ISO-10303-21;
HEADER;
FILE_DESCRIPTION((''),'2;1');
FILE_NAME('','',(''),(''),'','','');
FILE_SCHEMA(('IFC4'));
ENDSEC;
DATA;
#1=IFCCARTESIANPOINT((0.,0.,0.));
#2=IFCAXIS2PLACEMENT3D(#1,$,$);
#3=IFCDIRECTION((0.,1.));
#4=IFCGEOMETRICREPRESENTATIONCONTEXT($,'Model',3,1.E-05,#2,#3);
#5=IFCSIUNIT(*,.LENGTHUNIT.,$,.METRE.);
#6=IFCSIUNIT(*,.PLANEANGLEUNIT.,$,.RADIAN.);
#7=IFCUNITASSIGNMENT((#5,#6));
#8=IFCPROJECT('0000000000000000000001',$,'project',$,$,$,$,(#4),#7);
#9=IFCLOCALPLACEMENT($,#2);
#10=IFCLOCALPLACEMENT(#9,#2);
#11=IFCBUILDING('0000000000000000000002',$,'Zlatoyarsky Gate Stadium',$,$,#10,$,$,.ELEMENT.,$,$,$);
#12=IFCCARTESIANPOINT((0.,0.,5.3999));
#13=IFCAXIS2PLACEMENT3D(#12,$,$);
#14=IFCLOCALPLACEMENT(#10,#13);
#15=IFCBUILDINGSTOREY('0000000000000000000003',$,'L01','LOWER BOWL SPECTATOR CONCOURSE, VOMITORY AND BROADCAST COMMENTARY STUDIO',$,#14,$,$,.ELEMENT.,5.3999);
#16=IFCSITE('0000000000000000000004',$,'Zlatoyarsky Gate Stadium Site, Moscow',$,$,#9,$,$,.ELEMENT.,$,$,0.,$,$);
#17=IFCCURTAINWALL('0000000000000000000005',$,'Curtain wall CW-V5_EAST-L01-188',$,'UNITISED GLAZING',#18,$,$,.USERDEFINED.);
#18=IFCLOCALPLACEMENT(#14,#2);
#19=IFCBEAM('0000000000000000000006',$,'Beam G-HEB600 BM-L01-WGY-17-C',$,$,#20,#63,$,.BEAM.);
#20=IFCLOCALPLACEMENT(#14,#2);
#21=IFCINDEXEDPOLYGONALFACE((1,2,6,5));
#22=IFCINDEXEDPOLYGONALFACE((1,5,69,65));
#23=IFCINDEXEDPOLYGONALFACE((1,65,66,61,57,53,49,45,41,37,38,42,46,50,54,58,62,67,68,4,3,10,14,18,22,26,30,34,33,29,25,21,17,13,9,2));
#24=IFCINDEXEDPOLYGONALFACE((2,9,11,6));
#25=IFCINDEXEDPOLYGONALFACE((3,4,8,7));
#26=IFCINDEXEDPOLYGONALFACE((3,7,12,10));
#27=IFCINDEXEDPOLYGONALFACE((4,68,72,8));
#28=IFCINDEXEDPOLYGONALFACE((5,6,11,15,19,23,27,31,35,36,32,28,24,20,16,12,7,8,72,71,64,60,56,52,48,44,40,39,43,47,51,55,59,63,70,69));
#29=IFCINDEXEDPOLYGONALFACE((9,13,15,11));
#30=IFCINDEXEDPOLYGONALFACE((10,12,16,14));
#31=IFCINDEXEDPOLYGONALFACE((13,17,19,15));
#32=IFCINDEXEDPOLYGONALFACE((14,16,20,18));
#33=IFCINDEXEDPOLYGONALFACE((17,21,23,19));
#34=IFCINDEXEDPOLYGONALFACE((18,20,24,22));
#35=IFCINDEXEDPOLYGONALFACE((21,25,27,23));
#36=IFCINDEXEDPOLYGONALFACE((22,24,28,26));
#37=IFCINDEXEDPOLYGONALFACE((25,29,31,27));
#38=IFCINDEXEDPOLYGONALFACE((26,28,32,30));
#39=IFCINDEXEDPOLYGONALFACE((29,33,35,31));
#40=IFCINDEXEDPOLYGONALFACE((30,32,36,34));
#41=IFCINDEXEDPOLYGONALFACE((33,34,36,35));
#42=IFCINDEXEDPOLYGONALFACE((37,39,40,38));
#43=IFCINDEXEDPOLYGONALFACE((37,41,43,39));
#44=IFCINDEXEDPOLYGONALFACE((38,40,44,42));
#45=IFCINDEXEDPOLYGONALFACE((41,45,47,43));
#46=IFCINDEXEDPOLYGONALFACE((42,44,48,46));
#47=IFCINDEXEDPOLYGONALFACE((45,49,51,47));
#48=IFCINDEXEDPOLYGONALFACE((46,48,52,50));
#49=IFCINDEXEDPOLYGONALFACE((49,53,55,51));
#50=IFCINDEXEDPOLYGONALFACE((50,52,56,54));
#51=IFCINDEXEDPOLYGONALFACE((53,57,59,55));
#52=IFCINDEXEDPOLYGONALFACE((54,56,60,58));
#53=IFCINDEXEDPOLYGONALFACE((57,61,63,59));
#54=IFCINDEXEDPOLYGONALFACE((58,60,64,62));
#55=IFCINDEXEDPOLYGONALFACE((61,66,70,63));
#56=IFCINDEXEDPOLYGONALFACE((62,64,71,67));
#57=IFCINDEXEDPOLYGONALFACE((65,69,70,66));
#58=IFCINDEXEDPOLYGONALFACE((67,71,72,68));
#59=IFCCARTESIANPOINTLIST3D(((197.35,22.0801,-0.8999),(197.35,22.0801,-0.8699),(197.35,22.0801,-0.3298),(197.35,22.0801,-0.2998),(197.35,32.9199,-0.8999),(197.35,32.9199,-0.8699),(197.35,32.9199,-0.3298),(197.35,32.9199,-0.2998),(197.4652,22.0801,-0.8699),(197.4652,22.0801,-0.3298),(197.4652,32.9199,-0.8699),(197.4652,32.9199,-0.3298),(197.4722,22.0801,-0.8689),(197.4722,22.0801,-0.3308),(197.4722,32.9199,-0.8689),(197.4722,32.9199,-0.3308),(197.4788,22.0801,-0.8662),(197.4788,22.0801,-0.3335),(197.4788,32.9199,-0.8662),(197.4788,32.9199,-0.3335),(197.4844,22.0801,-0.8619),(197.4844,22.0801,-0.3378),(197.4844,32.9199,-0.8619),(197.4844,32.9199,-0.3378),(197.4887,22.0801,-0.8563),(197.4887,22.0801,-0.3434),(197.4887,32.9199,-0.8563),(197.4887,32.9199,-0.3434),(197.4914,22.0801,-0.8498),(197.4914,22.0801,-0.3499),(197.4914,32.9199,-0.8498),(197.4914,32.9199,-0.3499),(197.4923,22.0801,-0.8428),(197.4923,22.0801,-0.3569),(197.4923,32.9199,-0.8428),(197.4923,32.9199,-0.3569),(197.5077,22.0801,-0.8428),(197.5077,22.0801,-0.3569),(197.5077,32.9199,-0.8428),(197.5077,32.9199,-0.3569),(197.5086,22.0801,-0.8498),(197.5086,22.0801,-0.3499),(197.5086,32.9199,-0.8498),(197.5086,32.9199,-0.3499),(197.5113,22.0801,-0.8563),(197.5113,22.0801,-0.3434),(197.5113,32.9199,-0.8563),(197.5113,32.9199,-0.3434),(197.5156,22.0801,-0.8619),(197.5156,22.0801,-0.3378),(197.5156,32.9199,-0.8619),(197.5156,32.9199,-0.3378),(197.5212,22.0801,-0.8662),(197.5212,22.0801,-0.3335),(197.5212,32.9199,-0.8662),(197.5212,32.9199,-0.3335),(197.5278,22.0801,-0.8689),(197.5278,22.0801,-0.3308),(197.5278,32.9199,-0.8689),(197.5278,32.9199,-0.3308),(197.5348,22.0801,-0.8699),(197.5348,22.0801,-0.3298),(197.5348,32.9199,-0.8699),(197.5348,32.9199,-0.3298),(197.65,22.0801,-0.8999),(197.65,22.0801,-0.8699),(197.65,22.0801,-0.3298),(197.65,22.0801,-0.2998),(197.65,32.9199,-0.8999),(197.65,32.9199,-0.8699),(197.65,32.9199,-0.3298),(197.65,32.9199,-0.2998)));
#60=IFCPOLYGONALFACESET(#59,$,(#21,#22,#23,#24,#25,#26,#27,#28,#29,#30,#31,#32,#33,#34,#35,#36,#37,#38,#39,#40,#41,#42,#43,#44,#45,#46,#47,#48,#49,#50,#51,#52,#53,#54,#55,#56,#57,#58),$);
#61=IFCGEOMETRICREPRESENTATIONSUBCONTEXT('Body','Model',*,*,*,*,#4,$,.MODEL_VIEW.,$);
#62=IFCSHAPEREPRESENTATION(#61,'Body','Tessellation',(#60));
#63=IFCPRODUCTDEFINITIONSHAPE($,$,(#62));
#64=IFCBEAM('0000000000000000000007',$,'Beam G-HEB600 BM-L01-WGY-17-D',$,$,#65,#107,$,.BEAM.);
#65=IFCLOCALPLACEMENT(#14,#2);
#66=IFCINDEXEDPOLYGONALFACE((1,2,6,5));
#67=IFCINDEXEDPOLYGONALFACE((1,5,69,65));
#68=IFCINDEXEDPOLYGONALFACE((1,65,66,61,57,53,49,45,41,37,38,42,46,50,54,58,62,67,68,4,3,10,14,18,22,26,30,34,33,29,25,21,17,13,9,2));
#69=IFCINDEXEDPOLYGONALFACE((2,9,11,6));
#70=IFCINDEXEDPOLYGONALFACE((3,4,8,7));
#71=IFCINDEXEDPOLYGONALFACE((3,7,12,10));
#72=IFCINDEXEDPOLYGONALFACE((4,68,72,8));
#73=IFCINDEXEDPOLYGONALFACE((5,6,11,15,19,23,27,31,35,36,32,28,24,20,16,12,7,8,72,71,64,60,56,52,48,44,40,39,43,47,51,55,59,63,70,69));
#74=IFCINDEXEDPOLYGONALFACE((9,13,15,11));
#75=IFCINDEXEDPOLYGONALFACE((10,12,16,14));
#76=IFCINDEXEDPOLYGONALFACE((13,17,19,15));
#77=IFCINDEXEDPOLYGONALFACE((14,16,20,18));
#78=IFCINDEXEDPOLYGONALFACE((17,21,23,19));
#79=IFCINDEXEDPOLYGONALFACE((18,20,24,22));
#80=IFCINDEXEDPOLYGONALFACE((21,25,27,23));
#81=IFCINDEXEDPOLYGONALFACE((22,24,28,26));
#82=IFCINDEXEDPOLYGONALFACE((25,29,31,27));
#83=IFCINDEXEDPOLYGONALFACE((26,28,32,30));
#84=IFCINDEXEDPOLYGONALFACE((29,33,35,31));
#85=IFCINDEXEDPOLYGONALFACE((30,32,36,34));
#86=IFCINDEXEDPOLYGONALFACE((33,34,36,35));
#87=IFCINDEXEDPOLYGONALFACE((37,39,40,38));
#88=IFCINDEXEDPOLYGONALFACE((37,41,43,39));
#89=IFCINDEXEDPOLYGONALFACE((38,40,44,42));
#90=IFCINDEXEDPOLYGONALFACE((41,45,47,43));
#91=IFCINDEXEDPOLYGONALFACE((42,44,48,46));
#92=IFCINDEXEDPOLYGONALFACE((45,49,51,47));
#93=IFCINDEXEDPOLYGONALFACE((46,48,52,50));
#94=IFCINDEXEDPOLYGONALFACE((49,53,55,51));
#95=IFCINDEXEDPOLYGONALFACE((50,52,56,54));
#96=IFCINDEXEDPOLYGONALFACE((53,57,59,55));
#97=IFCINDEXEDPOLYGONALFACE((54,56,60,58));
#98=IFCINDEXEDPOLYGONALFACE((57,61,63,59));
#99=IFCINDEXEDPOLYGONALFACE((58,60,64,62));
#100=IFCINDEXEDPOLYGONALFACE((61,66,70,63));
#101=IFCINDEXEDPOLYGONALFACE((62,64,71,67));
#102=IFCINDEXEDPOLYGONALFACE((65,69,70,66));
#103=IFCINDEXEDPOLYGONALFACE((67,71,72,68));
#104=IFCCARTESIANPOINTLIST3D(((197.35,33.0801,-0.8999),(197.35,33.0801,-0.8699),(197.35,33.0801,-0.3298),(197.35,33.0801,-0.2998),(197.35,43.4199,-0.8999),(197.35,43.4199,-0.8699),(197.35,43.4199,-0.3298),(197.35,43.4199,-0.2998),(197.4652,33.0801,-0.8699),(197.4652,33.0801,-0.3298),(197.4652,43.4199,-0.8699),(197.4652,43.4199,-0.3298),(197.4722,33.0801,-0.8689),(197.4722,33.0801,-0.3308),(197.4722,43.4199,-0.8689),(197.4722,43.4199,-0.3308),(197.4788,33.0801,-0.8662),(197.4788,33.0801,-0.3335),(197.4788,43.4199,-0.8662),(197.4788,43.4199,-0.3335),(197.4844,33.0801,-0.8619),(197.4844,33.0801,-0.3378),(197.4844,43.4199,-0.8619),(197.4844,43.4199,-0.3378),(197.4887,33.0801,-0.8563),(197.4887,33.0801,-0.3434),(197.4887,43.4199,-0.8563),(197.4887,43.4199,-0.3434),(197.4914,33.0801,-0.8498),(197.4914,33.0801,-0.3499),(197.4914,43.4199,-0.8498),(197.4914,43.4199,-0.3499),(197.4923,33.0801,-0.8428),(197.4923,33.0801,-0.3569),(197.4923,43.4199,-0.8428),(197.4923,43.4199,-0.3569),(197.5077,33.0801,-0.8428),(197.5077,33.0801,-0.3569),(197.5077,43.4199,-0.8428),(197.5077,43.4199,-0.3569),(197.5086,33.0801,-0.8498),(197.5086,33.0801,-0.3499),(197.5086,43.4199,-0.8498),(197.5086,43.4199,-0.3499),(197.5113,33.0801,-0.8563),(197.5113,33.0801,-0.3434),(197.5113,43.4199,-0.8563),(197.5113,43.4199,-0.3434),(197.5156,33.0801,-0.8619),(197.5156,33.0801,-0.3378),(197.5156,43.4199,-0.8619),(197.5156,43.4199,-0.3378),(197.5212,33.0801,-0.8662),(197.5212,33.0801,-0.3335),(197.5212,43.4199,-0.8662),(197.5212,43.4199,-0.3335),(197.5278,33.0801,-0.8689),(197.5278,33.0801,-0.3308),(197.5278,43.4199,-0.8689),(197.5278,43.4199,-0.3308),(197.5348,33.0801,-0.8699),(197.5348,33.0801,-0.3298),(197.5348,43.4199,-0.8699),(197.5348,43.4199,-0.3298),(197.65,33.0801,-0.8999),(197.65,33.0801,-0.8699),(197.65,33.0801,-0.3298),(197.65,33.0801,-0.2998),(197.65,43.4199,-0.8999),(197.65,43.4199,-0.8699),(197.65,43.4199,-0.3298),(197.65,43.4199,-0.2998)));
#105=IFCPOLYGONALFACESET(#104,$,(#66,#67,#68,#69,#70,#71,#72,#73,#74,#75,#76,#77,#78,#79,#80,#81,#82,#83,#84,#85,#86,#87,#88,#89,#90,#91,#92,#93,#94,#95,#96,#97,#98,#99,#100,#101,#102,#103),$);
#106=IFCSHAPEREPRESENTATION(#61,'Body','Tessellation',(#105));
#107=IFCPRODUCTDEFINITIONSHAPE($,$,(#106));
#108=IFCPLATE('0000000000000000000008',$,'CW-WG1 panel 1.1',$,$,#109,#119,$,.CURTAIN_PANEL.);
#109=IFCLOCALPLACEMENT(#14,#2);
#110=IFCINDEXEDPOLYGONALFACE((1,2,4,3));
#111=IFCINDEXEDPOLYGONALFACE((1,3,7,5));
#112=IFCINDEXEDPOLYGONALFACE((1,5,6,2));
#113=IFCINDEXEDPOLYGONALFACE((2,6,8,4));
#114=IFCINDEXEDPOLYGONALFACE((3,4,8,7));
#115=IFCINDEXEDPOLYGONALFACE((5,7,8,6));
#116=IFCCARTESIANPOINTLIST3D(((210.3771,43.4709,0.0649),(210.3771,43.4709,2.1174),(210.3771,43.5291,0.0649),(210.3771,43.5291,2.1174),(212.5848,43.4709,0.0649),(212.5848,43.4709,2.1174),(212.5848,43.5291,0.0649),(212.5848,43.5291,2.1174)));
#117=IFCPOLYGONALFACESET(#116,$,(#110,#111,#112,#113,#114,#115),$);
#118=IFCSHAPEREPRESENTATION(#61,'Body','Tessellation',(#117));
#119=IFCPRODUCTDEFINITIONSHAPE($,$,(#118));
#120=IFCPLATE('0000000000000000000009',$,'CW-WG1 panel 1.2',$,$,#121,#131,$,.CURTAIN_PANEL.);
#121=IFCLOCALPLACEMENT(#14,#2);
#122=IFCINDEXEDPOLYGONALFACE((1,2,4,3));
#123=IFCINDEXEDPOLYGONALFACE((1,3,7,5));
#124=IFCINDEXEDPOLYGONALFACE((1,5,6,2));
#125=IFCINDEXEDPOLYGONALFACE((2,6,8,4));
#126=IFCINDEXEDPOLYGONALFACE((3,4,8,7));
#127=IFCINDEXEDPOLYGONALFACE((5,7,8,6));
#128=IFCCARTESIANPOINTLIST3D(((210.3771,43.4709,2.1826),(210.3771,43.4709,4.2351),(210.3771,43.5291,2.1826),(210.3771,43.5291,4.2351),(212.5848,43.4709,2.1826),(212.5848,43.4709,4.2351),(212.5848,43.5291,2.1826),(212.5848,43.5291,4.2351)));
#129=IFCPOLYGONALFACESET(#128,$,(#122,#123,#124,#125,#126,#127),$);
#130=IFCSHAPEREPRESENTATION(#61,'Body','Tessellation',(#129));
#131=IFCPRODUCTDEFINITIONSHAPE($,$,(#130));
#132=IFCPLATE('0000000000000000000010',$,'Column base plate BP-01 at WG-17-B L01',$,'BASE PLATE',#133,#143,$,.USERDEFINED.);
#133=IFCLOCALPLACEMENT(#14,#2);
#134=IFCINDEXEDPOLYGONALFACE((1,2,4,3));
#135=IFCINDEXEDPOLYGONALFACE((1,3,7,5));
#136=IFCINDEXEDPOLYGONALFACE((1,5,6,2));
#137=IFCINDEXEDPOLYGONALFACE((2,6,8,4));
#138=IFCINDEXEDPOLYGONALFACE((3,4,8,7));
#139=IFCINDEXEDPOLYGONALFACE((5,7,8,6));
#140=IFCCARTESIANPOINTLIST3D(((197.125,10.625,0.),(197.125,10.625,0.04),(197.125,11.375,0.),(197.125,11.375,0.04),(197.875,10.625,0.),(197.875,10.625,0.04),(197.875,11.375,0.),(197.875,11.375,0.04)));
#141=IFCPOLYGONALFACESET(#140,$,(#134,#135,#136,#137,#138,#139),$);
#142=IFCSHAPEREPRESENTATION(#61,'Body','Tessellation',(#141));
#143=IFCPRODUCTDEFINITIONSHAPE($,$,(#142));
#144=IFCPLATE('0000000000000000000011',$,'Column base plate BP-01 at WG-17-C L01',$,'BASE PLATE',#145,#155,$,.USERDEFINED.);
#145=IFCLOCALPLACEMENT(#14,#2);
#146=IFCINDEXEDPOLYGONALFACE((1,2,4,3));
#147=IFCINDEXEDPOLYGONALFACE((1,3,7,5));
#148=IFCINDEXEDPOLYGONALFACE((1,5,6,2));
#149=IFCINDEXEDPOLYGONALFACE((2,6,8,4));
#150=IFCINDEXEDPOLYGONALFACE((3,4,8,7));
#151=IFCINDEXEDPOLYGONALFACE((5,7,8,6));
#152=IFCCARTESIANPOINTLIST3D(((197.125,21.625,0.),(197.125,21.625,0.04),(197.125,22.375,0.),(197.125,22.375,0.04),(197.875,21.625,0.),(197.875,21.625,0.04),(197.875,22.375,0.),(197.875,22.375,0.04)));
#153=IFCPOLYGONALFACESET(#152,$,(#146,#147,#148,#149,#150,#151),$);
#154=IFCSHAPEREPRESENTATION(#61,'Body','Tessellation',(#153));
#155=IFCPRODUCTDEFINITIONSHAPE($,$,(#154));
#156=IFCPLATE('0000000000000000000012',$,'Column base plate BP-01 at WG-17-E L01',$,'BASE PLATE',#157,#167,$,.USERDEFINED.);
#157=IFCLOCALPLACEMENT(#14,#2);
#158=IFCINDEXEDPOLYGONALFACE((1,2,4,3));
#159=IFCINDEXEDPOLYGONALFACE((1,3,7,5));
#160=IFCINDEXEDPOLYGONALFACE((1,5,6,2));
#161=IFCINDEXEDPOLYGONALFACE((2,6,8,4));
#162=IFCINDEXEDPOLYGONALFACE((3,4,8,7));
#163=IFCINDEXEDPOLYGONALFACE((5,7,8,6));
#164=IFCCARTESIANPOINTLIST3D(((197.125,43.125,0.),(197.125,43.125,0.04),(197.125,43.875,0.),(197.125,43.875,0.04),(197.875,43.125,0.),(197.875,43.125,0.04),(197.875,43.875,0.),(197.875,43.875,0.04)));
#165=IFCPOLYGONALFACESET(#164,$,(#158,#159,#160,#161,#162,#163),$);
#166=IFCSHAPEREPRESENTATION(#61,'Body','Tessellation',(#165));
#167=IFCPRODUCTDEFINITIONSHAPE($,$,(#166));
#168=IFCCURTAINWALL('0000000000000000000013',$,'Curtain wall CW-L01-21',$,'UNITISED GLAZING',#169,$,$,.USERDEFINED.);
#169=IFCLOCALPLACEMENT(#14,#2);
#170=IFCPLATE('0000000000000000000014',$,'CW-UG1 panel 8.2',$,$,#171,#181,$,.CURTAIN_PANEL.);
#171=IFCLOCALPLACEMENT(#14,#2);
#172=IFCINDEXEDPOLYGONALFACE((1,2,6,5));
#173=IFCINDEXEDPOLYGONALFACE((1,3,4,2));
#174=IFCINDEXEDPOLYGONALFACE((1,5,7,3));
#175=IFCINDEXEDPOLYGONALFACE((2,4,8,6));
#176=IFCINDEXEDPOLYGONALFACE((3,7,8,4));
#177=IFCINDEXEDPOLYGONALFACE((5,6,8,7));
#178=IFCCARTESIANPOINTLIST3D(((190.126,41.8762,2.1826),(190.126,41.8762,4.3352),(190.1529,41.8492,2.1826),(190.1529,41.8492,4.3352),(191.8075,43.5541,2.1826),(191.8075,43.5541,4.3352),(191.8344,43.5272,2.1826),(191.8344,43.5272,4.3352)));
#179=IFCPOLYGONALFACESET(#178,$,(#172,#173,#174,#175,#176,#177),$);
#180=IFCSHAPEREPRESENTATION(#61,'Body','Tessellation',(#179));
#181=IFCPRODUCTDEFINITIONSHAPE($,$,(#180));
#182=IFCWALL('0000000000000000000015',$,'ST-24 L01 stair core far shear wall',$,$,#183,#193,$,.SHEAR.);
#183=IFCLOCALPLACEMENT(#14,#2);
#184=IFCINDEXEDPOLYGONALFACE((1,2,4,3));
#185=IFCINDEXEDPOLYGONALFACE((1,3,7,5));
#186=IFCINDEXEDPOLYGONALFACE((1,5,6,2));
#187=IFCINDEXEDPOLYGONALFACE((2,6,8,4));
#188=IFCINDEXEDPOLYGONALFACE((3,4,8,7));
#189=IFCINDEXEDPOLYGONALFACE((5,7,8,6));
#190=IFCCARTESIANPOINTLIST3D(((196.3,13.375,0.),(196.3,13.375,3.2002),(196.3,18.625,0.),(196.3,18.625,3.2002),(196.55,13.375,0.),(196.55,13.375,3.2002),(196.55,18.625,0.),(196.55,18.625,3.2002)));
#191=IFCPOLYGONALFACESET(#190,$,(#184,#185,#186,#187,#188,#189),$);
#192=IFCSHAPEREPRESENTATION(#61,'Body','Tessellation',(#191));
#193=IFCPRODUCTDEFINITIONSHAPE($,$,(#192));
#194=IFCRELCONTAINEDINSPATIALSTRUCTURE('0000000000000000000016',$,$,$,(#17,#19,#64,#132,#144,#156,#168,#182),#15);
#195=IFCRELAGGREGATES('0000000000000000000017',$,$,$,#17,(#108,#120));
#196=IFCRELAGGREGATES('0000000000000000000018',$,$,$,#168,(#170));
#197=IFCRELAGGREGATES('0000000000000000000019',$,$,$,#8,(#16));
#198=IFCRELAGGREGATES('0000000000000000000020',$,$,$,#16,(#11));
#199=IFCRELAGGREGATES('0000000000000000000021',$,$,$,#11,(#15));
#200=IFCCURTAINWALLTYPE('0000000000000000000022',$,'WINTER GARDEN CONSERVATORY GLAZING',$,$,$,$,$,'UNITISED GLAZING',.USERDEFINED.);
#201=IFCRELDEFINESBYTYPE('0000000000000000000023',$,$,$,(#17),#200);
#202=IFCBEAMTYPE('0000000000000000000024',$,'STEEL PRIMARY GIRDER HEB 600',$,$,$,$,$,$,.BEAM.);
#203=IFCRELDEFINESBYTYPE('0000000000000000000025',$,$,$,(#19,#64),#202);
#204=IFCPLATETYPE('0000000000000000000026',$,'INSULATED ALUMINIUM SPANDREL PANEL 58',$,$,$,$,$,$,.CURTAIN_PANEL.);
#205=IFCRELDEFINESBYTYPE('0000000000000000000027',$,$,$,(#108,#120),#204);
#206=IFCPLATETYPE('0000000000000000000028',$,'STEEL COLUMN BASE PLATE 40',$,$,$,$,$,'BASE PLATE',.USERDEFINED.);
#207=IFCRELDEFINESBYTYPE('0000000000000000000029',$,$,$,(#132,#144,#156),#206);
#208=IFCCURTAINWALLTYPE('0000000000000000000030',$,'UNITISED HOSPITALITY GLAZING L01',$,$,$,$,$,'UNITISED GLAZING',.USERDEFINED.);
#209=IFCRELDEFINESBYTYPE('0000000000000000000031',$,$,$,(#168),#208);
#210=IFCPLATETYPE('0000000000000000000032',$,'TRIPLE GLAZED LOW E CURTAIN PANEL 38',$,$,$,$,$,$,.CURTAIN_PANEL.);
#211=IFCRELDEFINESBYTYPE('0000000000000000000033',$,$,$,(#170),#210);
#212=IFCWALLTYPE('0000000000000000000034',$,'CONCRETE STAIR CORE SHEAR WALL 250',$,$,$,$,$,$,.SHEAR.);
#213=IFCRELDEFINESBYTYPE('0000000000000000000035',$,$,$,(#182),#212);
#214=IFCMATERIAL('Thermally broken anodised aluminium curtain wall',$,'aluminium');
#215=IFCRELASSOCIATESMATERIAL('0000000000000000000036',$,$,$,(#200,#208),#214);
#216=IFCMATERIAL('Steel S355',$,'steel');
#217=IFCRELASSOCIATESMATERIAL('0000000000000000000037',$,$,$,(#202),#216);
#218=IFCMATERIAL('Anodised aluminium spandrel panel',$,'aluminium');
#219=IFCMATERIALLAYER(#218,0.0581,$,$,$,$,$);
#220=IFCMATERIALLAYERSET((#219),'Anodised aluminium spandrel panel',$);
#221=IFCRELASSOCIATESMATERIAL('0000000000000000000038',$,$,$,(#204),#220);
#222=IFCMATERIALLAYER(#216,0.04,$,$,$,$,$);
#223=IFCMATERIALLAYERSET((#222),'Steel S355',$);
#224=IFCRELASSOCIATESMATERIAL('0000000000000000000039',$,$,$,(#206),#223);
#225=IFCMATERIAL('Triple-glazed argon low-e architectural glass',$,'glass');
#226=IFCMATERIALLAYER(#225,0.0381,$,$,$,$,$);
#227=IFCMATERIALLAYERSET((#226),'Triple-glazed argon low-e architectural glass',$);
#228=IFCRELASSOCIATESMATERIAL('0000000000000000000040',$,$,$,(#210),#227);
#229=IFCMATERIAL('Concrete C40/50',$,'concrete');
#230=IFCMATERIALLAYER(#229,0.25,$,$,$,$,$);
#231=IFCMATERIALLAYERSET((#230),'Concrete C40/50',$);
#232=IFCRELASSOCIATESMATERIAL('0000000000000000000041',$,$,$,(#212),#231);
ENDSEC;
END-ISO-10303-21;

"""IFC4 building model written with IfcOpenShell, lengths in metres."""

from ifc_helpers import new_model, si_unit, direction, frame, frame_2d, origin, origin_2d, place, context, subcontext, project, spatial, rectangle, i_section, extrude, material, layer, layer_set, material_profile, profile_set, type_object, element, aggregate, save


model = new_model("IFC4")

# Units and contexts
model_context = context("Model", 3, precision=1e-05, world=origin(), true_north=direction((0.0, 1.0)))
body_context = subcontext(model_context, "Body", "Model", "MODEL_VIEW")
ifc_project = project(units=[si_unit("LENGTHUNIT", "METRE"), si_unit("PLANEANGLEUNIT", "RADIAN")], contexts=[model_context])

# Site, building, storey
site_placement = place(None, origin())
site = spatial("IfcSite", under=ifc_project, at=site_placement, Name="Zlatoyarsky Gate Stadium Site, Moscow", CompositionType="ELEMENT", RefElevation=0.0)
building_placement = place(site_placement, origin())
building = spatial("IfcBuilding", under=site, at=building_placement, Name="Zlatoyarsky Gate Stadium", CompositionType="ELEMENT")
storey_placement = place(building_placement, frame((0.0, 0.0, 5.3999)))
storey = spatial("IfcBuildingStorey", under=building, at=storey_placement, Name="L01", Description="LOWER BOWL SPECTATOR CONCOURSE, VOMITORY AND BROADCAST COMMENTARY STUDIO", CompositionType="ELEMENT", Elevation=5.3999)

# Shared definitions
ifc_material_1 = material(Name="Concrete C40/50", Category="concrete")
ifc_material_2 = material(Name="Steel S355", Category="steel")

# Curtain wall
ifc_material_3 = material(Name="Thermally broken anodised aluminium curtain wall", Category="aluminium")
curtain_wall_type_1 = type_object("IfcCurtainWallType", Name="WINTER GARDEN CONSERVATORY GLAZING", ElementType="UNITISED GLAZING", PredefinedType="USERDEFINED", material=ifc_material_3)
curtain_wall_1_placement = place(storey_placement, origin())
curtain_wall_1 = element("IfcCurtainWall", 1, at=curtain_wall_1_placement, inside=storey, type_object=curtain_wall_type_1, Name="Curtain wall CW-V5_EAST-L01-188", ObjectType="UNITISED GLAZING", PredefinedType="USERDEFINED")

# Beams
ifc_material_profile_1 = material_profile(ifc_material_2, i_section(OverallWidth=0.3, OverallDepth=0.6001, WebThickness=0.0154, FlangeThickness=0.03, FilletRadius=0.0271, at=origin_2d()), Name="HEB 600")
ifc_profile_set_1 = profile_set([ifc_material_profile_1], Name="Steel S355")
beam_type_1 = type_object("IfcBeamType", Name="STEEL PRIMARY GIRDER HEB 600", PredefinedType="BEAM", material=ifc_profile_set_1)
for number, where, z_axis, x_axis, name in (
    (2, (197.5, 22.0801, -0.5999), (0.0, 1.0, 0.0), (-1.0, 0.0, 0.0), "Beam G-HEB600 BM-L01-WGY-17-C"),
):
    element("IfcBeam", number, at=place(storey_placement, frame(where, z_axis=z_axis, x_axis=x_axis)), inside=storey, type_object=beam_type_1, Name=name, PredefinedType="BEAM", context=body_context, shape_type="SweptSolid", body=[
        extrude(i_section(OverallWidth=0.3, OverallDepth=0.6001, WebThickness=0.0154, FlangeThickness=0.03, FilletRadius=0.0271, at=origin_2d()), origin(), (0.0, 0.0, 1.0), 10.8398),
    ])
beam_1_placement = place(storey_placement, frame((197.5, 33.0801, -0.5999), z_axis=(0.0, 1.0, 0.0), x_axis=(-1.0, 0.0, 0.0)))
element("IfcBeam", 3, at=beam_1_placement, inside=storey, type_object=beam_type_1, Name="Beam G-HEB600 BM-L01-WGY-17-D", PredefinedType="BEAM", context=body_context, shape_type="SweptSolid", body=[
    extrude(i_section(OverallWidth=0.3, OverallDepth=0.6001, WebThickness=0.0154, FlangeThickness=0.03, FilletRadius=0.0271, at=origin_2d()), origin(), (0.0, 0.0, 1.0), 10.3398),
])

# Plates
ifc_material_4 = material(Name="Anodised aluminium spandrel panel", Category="aluminium")
ifc_layer_1 = layer(ifc_material_4, 0.0581)
ifc_layer_set_1 = layer_set([ifc_layer_1], Name="Anodised aluminium spandrel panel")
plate_type_1 = type_object("IfcPlateType", Name="INSULATED ALUMINIUM SPANDREL PANEL 58", PredefinedType="CURTAIN_PANEL", material=ifc_layer_set_1)
plate_1_placement = place(storey_placement, frame((211.481, 43.5, 0.0649), z_axis=(0.0, 0.0, 1.0), x_axis=(1.0, 0.0, 0.0)))
plate_1 = element("IfcPlate", 4, at=plate_1_placement, type_object=plate_type_1, Name="CW-WG1 panel 1.1", PredefinedType="CURTAIN_PANEL", context=body_context, shape_type="SweptSolid", body=[
    extrude(rectangle(XDim=2.2078, YDim=0.0581, at=origin_2d()), origin(), (0.0, 0.0, 1.0), 2.0525),
])
plate_2_placement = place(storey_placement, frame((211.481, 43.5, 2.1826), z_axis=(0.0, 0.0, 1.0), x_axis=(1.0, 0.0, 0.0)))
plate_2 = element("IfcPlate", 5, at=plate_2_placement, type_object=plate_type_1, Name="CW-WG1 panel 1.2", PredefinedType="CURTAIN_PANEL", context=body_context, shape_type="SweptSolid", body=[
    extrude(rectangle(XDim=2.2078, YDim=0.0581, at=origin_2d()), origin(), (0.0, 0.0, 1.0), 2.0525),
])
aggregate(curtain_wall_1, [plate_1, plate_2])

# Plates
ifc_layer_2 = layer(ifc_material_2, 0.04)
ifc_layer_set_2 = layer_set([ifc_layer_2], Name="Steel S355")
plate_type_2 = type_object("IfcPlateType", Name="STEEL COLUMN BASE PLATE 40", ElementType="BASE PLATE", PredefinedType="USERDEFINED", material=ifc_layer_set_2)
for number, where, z_axis, x_axis, name in (
    (6, (197.5, 11.0, 0.0), (0.0, 0.0, 1.0), (1.0, 0.0, 0.0), "Column base plate BP-01 at WG-17-B L01"),
    (7, (197.5, 22.0, 0.0), (0.0, 0.0, 1.0), (1.0, 0.0, 0.0), "Column base plate BP-01 at WG-17-C L01"),
    (8, (197.5, 43.5, 0.0), (0.0, 0.0, 1.0), (1.0, 0.0, 0.0), "Column base plate BP-01 at WG-17-E L01"),
):
    element("IfcPlate", number, at=place(storey_placement, frame(where, z_axis=z_axis, x_axis=x_axis)), inside=storey, type_object=plate_type_2, Name=name, ObjectType="BASE PLATE", PredefinedType="USERDEFINED", context=body_context, shape_type="SweptSolid", body=[
        extrude(rectangle(XDim=0.75, YDim=0.75, at=origin_2d()), origin(), (0.0, 0.0, 1.0), 0.04),
    ])

# Curtain wall, plate
curtain_wall_type_2 = type_object("IfcCurtainWallType", Name="UNITISED HOSPITALITY GLAZING L01", ElementType="UNITISED GLAZING", PredefinedType="USERDEFINED", material=ifc_material_3)
curtain_wall_2_placement = place(storey_placement, origin())
curtain_wall_2 = element("IfcCurtainWall", 9, at=curtain_wall_2_placement, inside=storey, type_object=curtain_wall_type_2, Name="Curtain wall CW-L01-21", ObjectType="UNITISED GLAZING", PredefinedType="USERDEFINED")
ifc_material_5 = material(Name="Triple-glazed argon low-e architectural glass", Category="glass")
ifc_layer_3 = layer(ifc_material_5, 0.0381)
ifc_layer_set_3 = layer_set([ifc_layer_3], Name="Triple-glazed argon low-e architectural glass")
plate_type_3 = type_object("IfcPlateType", Name="TRIPLE GLAZED LOW E CURTAIN PANEL 38", PredefinedType="CURTAIN_PANEL", material=ifc_layer_set_3)
plate_3_placement = place(storey_placement, frame((190.9802, 42.7017, 2.1826), z_axis=(0.0, 0.0, 1.0), x_axis=(0.707842, 0.706371, 0.0)))
plate_3 = element("IfcPlate", 10, at=plate_3_placement, type_object=plate_type_3, Name="CW-UG1 panel 8.2", PredefinedType="CURTAIN_PANEL", context=body_context, shape_type="SweptSolid", body=[
    extrude(rectangle(XDim=2.3755, YDim=0.0381, at=origin_2d()), origin(), (0.0, 0.0, 1.0), 2.1526),
])
aggregate(curtain_wall_2, [plate_3])

# Wall
ifc_layer_4 = layer(ifc_material_1, 0.25)
ifc_layer_set_4 = layer_set([ifc_layer_4], Name="Concrete C40/50")
wall_type_1 = type_object("IfcWallType", Name="CONCRETE STAIR CORE SHEAR WALL 250", PredefinedType="SHEAR", material=ifc_layer_set_4)
wall_1_placement = place(storey_placement, frame((196.425, 13.375, 0.0), z_axis=(0.0, 0.0, 1.0), x_axis=(0.0, 1.0, 0.0)))
element("IfcWall", 11, at=wall_1_placement, inside=storey, type_object=wall_type_1, Name="ST-24 L01 stair core far shear wall", PredefinedType="SHEAR", context=body_context, shape_type="SweptSolid", body=[
    extrude(rectangle(XDim=5.25, YDim=0.25, at=frame_2d((2.625, 0.0))), origin(), (0.0, 0.0, 1.0), 3.2002),
])

save(model, "model.ifc")
